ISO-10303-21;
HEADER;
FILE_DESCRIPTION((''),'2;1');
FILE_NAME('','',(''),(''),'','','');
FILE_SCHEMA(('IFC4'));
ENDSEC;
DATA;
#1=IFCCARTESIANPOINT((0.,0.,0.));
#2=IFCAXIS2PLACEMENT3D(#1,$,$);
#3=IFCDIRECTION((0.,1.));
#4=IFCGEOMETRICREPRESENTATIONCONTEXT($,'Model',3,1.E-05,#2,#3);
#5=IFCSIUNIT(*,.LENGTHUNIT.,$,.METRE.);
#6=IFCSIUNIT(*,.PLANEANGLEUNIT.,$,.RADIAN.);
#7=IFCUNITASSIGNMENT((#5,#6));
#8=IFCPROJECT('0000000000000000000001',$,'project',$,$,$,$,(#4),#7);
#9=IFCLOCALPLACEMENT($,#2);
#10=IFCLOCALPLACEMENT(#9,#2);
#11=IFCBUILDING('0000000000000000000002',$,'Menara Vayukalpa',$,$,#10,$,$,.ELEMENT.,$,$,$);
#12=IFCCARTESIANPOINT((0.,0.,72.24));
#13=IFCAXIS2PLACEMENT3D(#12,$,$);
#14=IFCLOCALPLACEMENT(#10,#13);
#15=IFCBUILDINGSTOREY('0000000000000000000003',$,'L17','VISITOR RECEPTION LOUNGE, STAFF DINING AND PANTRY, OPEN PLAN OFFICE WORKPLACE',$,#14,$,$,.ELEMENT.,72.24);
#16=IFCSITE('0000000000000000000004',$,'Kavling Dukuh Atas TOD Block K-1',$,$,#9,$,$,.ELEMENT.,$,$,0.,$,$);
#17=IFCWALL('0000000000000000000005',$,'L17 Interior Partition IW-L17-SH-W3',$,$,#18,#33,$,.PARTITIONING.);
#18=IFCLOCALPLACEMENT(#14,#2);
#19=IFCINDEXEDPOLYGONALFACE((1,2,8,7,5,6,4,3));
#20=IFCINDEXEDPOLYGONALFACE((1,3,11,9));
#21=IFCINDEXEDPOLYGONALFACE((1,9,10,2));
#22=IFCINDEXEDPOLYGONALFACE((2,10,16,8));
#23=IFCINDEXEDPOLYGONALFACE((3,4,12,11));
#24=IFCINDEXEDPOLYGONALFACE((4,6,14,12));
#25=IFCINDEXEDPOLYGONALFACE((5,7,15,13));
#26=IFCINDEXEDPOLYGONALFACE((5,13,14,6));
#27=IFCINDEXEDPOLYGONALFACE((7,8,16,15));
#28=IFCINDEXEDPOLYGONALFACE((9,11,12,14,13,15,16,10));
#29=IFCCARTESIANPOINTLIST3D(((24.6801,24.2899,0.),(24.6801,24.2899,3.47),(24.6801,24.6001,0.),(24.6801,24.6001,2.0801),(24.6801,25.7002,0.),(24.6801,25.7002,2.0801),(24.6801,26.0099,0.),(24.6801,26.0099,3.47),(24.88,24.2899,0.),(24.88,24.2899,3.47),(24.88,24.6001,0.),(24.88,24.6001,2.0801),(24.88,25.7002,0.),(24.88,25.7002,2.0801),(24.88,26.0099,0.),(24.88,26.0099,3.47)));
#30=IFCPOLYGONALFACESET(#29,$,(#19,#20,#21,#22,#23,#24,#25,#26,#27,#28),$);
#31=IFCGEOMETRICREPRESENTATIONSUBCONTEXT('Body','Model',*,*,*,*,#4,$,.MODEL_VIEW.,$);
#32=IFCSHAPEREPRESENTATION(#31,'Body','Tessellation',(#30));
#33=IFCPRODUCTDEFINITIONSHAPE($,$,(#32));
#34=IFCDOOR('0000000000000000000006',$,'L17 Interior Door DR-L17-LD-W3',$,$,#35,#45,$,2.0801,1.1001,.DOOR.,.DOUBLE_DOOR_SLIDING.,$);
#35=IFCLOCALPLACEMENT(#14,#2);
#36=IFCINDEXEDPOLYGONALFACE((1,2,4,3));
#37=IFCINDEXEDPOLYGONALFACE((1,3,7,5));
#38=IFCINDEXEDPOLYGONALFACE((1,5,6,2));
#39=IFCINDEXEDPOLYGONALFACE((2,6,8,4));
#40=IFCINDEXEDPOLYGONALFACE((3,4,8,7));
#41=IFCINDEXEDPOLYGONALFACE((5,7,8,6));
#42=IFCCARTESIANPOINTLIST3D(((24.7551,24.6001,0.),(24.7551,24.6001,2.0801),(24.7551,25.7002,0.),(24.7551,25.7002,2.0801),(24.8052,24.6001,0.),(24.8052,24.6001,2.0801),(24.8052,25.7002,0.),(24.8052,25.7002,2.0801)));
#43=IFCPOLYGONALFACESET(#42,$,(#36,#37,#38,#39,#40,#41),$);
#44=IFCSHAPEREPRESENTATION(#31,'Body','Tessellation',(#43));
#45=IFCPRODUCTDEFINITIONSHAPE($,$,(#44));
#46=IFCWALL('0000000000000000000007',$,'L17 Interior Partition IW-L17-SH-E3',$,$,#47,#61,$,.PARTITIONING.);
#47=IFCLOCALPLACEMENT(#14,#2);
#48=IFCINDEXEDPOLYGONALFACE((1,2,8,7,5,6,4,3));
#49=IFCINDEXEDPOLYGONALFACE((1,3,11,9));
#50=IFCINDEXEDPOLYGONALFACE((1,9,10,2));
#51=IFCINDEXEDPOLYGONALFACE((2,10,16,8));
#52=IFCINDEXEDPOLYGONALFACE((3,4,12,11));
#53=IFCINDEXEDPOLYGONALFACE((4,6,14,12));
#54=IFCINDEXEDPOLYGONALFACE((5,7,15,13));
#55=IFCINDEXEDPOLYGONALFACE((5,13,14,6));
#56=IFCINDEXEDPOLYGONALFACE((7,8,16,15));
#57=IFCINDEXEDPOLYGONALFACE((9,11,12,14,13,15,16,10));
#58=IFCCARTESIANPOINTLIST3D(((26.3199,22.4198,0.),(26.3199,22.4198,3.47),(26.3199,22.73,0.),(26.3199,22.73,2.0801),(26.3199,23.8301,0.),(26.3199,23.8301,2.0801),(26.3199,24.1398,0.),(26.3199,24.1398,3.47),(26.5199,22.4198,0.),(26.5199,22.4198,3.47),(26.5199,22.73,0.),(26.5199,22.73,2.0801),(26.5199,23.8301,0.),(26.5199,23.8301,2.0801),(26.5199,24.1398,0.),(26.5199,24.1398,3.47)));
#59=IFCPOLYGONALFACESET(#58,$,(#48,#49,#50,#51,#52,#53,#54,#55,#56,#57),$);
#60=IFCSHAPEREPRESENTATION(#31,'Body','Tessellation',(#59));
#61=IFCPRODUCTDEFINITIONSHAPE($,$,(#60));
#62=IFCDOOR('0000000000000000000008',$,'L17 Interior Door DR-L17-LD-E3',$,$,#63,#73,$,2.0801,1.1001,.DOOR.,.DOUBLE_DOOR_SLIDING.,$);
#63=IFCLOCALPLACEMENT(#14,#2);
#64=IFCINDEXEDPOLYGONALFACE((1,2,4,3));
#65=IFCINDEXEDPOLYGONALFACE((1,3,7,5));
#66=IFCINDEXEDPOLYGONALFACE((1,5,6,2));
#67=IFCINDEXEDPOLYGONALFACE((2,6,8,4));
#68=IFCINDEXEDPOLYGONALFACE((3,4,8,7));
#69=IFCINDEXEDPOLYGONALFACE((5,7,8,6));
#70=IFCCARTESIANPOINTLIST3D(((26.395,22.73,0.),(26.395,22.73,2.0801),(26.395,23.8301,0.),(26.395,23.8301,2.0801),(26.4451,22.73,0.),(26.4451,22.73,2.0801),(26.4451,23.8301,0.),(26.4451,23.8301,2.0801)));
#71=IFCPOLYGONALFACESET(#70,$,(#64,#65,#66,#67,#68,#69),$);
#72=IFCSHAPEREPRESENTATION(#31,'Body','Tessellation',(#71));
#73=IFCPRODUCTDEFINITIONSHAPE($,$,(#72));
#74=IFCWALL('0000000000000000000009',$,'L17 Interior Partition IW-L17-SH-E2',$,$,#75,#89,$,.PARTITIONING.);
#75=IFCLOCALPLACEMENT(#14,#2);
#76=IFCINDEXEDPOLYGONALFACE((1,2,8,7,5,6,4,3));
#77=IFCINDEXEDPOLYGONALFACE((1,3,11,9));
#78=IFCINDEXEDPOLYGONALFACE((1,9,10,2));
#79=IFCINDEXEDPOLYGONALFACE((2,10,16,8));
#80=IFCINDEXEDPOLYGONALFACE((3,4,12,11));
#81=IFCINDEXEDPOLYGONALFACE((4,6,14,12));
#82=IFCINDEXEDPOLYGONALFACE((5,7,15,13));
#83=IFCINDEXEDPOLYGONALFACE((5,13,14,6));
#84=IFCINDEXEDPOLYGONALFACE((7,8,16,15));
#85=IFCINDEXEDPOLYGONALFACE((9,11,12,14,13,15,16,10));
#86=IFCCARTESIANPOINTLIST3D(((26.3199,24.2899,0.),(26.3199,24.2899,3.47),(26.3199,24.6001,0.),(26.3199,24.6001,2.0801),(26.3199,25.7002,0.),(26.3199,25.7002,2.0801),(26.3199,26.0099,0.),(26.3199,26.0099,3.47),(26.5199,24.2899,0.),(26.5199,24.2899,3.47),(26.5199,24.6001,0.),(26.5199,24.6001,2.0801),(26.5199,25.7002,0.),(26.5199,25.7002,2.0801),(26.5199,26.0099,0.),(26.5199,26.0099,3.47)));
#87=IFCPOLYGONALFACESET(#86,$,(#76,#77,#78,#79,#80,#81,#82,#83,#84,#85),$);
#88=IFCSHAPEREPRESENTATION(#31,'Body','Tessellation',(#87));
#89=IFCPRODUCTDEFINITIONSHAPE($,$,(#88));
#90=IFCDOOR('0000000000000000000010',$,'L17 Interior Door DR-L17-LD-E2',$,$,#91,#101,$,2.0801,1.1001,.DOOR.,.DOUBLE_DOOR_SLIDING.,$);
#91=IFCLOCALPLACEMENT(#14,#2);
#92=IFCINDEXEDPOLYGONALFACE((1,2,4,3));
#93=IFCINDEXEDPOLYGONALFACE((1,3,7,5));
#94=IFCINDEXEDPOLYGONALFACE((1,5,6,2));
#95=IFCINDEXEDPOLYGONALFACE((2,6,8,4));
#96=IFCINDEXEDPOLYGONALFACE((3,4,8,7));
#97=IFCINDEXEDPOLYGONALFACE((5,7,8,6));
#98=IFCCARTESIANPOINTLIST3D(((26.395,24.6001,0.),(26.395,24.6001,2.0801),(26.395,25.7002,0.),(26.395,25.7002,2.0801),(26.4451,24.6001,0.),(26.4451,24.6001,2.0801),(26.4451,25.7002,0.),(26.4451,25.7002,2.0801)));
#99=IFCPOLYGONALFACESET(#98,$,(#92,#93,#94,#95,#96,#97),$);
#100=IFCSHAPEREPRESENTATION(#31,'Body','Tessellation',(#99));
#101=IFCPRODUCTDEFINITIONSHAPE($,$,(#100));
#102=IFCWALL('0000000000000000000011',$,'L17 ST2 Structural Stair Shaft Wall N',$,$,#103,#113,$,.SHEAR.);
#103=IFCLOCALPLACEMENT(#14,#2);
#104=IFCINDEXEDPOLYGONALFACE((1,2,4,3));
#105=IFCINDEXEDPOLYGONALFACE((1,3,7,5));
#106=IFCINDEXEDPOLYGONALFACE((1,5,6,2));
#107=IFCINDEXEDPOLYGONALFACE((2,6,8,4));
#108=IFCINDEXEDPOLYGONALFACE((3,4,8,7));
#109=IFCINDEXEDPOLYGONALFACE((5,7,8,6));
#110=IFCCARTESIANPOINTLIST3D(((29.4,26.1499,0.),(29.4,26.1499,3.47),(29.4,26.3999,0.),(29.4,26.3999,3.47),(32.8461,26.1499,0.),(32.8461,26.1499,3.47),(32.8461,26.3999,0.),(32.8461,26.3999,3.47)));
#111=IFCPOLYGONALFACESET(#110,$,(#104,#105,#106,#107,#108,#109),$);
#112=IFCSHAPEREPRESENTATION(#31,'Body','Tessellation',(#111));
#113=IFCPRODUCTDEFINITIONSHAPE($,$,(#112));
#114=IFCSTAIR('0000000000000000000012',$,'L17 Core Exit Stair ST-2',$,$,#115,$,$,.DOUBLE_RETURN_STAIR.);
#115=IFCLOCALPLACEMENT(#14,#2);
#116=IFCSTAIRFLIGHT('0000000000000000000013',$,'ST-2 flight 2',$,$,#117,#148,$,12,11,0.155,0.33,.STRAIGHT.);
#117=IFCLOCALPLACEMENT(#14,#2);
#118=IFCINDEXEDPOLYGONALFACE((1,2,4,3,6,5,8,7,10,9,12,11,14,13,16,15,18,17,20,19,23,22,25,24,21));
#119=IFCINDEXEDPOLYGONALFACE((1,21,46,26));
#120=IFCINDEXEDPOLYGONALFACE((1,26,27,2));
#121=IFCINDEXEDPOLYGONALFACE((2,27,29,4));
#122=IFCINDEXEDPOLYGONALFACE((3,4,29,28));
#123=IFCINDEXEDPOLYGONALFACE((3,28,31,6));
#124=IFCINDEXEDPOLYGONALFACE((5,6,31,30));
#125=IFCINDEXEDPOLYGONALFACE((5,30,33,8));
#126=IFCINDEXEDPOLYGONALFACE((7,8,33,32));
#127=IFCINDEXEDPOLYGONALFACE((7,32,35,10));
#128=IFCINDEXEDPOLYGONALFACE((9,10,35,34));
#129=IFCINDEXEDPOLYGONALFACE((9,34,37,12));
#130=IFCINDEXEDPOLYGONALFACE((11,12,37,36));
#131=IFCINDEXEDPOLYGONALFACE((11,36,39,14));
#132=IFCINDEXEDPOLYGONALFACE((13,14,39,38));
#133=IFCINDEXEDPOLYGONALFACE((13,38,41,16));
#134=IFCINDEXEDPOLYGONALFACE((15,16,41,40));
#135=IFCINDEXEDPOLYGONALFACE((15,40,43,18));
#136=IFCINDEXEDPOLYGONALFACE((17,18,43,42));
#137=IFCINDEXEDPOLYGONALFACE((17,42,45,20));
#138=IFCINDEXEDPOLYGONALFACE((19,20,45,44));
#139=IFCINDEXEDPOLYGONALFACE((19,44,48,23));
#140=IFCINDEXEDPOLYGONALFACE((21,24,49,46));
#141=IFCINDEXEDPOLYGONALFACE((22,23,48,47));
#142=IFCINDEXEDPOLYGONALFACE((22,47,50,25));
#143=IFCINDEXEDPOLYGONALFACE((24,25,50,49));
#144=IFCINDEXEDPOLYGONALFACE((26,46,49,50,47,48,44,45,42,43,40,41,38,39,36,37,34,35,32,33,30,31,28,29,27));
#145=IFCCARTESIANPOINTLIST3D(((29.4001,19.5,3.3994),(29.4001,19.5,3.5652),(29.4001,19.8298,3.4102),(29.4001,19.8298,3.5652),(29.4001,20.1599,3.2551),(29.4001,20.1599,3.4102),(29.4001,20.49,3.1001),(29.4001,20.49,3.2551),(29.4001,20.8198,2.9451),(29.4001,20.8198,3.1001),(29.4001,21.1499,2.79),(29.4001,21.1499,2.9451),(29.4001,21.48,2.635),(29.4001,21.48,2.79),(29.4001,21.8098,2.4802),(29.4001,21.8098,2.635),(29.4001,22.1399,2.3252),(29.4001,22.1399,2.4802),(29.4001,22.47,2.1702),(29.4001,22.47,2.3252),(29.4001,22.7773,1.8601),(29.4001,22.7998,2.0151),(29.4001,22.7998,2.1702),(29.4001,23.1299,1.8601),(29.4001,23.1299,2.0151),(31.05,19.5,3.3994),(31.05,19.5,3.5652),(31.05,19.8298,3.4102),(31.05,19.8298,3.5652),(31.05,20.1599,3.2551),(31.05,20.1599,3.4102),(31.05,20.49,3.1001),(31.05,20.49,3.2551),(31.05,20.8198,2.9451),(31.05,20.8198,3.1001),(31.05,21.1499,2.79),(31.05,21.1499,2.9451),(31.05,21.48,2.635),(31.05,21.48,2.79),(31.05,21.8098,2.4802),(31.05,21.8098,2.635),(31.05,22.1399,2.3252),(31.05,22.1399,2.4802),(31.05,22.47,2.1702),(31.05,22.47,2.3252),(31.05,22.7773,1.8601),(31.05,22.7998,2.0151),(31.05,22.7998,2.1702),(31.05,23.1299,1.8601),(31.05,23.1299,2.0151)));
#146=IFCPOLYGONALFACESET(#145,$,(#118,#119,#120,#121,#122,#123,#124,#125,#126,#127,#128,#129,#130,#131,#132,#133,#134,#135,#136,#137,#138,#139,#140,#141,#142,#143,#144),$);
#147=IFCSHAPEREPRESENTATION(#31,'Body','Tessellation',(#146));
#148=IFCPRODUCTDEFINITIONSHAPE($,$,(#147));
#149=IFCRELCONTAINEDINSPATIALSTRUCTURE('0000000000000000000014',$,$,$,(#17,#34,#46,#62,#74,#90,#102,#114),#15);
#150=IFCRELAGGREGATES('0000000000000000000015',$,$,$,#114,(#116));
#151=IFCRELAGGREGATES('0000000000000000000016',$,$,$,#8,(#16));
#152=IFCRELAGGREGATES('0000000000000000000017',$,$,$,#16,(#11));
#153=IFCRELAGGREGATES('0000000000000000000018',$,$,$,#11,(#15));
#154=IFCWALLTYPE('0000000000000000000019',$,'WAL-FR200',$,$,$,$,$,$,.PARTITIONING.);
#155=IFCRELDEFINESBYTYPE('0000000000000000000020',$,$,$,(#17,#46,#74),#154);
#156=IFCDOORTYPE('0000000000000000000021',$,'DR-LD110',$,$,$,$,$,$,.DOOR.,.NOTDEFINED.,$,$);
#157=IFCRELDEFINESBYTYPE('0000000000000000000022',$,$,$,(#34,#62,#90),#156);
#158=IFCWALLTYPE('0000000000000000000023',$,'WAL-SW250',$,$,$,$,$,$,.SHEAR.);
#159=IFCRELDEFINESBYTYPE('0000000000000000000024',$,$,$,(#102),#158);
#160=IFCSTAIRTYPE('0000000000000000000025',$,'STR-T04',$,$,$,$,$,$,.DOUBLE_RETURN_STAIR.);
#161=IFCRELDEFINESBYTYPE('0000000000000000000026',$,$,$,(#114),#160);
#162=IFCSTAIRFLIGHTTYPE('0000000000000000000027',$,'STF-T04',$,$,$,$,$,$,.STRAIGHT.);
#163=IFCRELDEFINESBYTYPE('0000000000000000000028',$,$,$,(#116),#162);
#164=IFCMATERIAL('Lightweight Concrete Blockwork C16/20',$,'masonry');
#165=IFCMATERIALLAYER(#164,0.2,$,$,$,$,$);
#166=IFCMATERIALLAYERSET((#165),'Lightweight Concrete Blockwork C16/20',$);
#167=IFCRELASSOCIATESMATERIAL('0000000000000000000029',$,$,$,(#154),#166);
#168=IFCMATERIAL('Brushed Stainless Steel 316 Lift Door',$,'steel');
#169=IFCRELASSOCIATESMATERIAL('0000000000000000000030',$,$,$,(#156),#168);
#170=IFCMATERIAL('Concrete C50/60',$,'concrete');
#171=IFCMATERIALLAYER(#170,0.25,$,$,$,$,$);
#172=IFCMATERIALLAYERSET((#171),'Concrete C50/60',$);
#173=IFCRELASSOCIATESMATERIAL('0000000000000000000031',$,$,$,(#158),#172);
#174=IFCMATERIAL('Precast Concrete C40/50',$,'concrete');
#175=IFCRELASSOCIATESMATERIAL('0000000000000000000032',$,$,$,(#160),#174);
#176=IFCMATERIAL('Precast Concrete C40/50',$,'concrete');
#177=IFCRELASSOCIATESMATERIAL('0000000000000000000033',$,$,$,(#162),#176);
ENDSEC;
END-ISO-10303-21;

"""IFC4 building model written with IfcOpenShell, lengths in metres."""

from ifc_helpers import new_model, si_unit, direction, frame, frame_2d, origin, place, context, subcontext, project, spatial, polyline, rectangle, outline, extrude, material, layer, layer_set, type_object, element, fill, aggregate, save


model = new_model("IFC4")

# Units and contexts
model_context = context("Model", 3, precision=1e-05, world=origin(), true_north=direction((0.0, 1.0)))
body_context = subcontext(model_context, "Body", "Model", "MODEL_VIEW")
ifc_project = project(units=[si_unit("LENGTHUNIT", "METRE"), si_unit("PLANEANGLEUNIT", "RADIAN")], contexts=[model_context])

# Site, building, storey
site_placement = place(None, origin())
site = spatial("IfcSite", under=ifc_project, at=site_placement, Name="Kavling Dukuh Atas TOD Block K-1", CompositionType="ELEMENT", RefElevation=0.0)
building_placement = place(site_placement, origin())
building = spatial("IfcBuilding", under=site, at=building_placement, Name="Menara Vayukalpa", CompositionType="ELEMENT")
storey_placement = place(building_placement, frame((0.0, 0.0, 72.24)))
storey = spatial("IfcBuildingStorey", under=building, at=storey_placement, Name="L17", Description="VISITOR RECEPTION LOUNGE, STAFF DINING AND PANTRY, OPEN PLAN OFFICE WORKPLACE", CompositionType="ELEMENT", Elevation=72.24)

# Walls, openings, doors
ifc_material_1 = material(Name="Lightweight Concrete Blockwork C16/20", Category="masonry")
ifc_layer_1 = layer(ifc_material_1, 0.2)
ifc_layer_set_1 = layer_set([ifc_layer_1], Name="Lightweight Concrete Blockwork C16/20")
wall_type_1 = type_object("IfcWallType", Name="WAL-FR200", PredefinedType="PARTITIONING", material=ifc_layer_set_1)
ifc_material_2 = material(Name="Brushed Stainless Steel 316 Lift Door", Category="steel")
door_type = type_object("IfcDoorType", Name="DR-LD110", OperationType="NOTDEFINED", PredefinedType="DOOR", material=ifc_material_2)
wall_1_placement = place(storey_placement, frame((24.78, 24.29, 0.0), z_axis=(0.0, 0.0, 1.0), x_axis=(0.0, 1.0, 0.0)))
wall_1 = element("IfcWall", 1, at=wall_1_placement, inside=storey, type_object=wall_type_1, Name="L17 Interior Partition IW-L17-SH-W3", PredefinedType="PARTITIONING", context=body_context, shape_type="SweptSolid", body=[
    extrude(rectangle(XDim=1.72, YDim=0.2, at=frame_2d((0.8599, 0.0))), origin(), (0.0, 0.0, 1.0), 3.47),
])
opening_1_placement = place(wall_1_placement, frame((0.3101, 0.0, 0.0)))
opening_1 = element("IfcOpeningElement", 2, at=opening_1_placement, cuts=wall_1, PredefinedType="OPENING", context=body_context, shape_type="SweptSolid", body=[
    extrude(rectangle(XDim=1.1001, YDim=2.0801, at=frame_2d((0.55, 1.04))), frame((0.0, 0.1099, 0.0), z_axis=(0.0, -1.0, 0.0), x_axis=(1.0, 0.0, 0.0)), (0.0, 0.0, 1.0), 0.22),
])
door_1_placement = place(opening_1_placement, origin())
door_1 = element("IfcDoor", 3, at=door_1_placement, inside=storey, type_object=door_type, Name="L17 Interior Door DR-L17-LD-W3", OperationType="DOUBLE_DOOR_SLIDING", OverallHeight=2.0801, OverallWidth=1.1001, PredefinedType="DOOR", context=body_context, shape_type="SweptSolid", body=[
    extrude(rectangle(XDim=1.1001, YDim=2.0801, at=frame_2d((0.55, 1.04))), frame((0.0, 0.0249, 0.0), z_axis=(0.0, -1.0, 0.0), x_axis=(1.0, 0.0, 0.0)), (0.0, 0.0, 1.0), 0.05),
])
fill(opening_1, door_1)
wall_2_placement = place(storey_placement, frame((26.4199, 22.4199, 0.0), z_axis=(0.0, 0.0, 1.0), x_axis=(0.0, 1.0, 0.0)))
wall_2 = element("IfcWall", 4, at=wall_2_placement, inside=storey, type_object=wall_type_1, Name="L17 Interior Partition IW-L17-SH-E3", PredefinedType="PARTITIONING", context=body_context, shape_type="SweptSolid", body=[
    extrude(rectangle(XDim=1.72, YDim=0.2, at=frame_2d((0.8599, 0.0))), origin(), (0.0, 0.0, 1.0), 3.47),
])
opening_2_placement = place(wall_2_placement, frame((0.3101, 0.0, 0.0)))
opening_2 = element("IfcOpeningElement", 5, at=opening_2_placement, cuts=wall_2, PredefinedType="OPENING", context=body_context, shape_type="SweptSolid", body=[
    extrude(rectangle(XDim=1.1001, YDim=2.0801, at=frame_2d((0.55, 1.04))), frame((0.0, 0.1099, 0.0), z_axis=(0.0, -1.0, 0.0), x_axis=(1.0, 0.0, 0.0)), (0.0, 0.0, 1.0), 0.22),
])
door_2_placement = place(opening_2_placement, origin())
door_2 = element("IfcDoor", 6, at=door_2_placement, inside=storey, type_object=door_type, Name="L17 Interior Door DR-L17-LD-E3", OperationType="DOUBLE_DOOR_SLIDING", OverallHeight=2.0801, OverallWidth=1.1001, PredefinedType="DOOR", context=body_context, shape_type="SweptSolid", body=[
    extrude(rectangle(XDim=1.1001, YDim=2.0801, at=frame_2d((0.55, 1.04))), frame((0.0, 0.0249, 0.0), z_axis=(0.0, -1.0, 0.0), x_axis=(1.0, 0.0, 0.0)), (0.0, 0.0, 1.0), 0.05),
])
fill(opening_2, door_2)
wall_3_placement = place(storey_placement, frame((26.4199, 24.29, 0.0), z_axis=(0.0, 0.0, 1.0), x_axis=(0.0, 1.0, 0.0)))
wall_3 = element("IfcWall", 7, at=wall_3_placement, inside=storey, type_object=wall_type_1, Name="L17 Interior Partition IW-L17-SH-E2", PredefinedType="PARTITIONING", context=body_context, shape_type="SweptSolid", body=[
    extrude(rectangle(XDim=1.72, YDim=0.2, at=frame_2d((0.8599, 0.0))), origin(), (0.0, 0.0, 1.0), 3.47),
])
opening_3_placement = place(wall_3_placement, frame((0.3101, 0.0, 0.0)))
opening_3 = element("IfcOpeningElement", 8, at=opening_3_placement, cuts=wall_3, PredefinedType="OPENING", context=body_context, shape_type="SweptSolid", body=[
    extrude(rectangle(XDim=1.1001, YDim=2.0801, at=frame_2d((0.55, 1.04))), frame((0.0, 0.1099, 0.0), z_axis=(0.0, -1.0, 0.0), x_axis=(1.0, 0.0, 0.0)), (0.0, 0.0, 1.0), 0.22),
])
door_3_placement = place(opening_3_placement, origin())
door_3 = element("IfcDoor", 9, at=door_3_placement, inside=storey, type_object=door_type, Name="L17 Interior Door DR-L17-LD-E2", OperationType="DOUBLE_DOOR_SLIDING", OverallHeight=2.0801, OverallWidth=1.1001, PredefinedType="DOOR", context=body_context, shape_type="SweptSolid", body=[
    extrude(rectangle(XDim=1.1001, YDim=2.0801, at=frame_2d((0.55, 1.04))), frame((0.0, 0.0249, 0.0), z_axis=(0.0, -1.0, 0.0), x_axis=(1.0, 0.0, 0.0)), (0.0, 0.0, 1.0), 0.05),
])
fill(opening_3, door_3)

# Wall
ifc_material_3 = material(Name="Concrete C50/60", Category="concrete")
ifc_layer_2 = layer(ifc_material_3, 0.25)
ifc_layer_set_2 = layer_set([ifc_layer_2], Name="Concrete C50/60")
wall_type_2 = type_object("IfcWallType", Name="WAL-SW250", PredefinedType="SHEAR", material=ifc_layer_set_2)
wall_4_placement = place(storey_placement, frame((29.3999, 26.2749, 0.0), z_axis=(0.0, 0.0, 1.0), x_axis=(1.0, 0.0, 0.0)))
element("IfcWall", 10, at=wall_4_placement, inside=storey, type_object=wall_type_2, Name="L17 ST2 Structural Stair Shaft Wall N", PredefinedType="SHEAR", context=body_context, shape_type="SweptSolid", body=[
    extrude(rectangle(XDim=3.446, YDim=0.25, at=frame_2d((1.7231, 0.0))), origin(), (0.0, 0.0, 1.0), 3.47),
])

# Stair, stair flight
ifc_material_4 = material(Name="Precast Concrete C40/50", Category="concrete")
stair_type = type_object("IfcStairType", Name="STR-T04", PredefinedType="DOUBLE_RETURN_STAIR", material=ifc_material_4)
stair_placement = place(storey_placement, origin())
stair = element("IfcStair", 11, at=stair_placement, inside=storey, type_object=stair_type, Name="L17 Core Exit Stair ST-2", PredefinedType="DOUBLE_RETURN_STAIR")
ifc_material_5 = material(Name="Precast Concrete C40/50", Category="concrete")
stair_flight_type = type_object("IfcStairFlightType", Name="STF-T04", PredefinedType="STRAIGHT", material=ifc_material_5)
stair_flight_placement = place(storey_placement, frame((30.2251, 23.1299, 1.8601), z_axis=(0.0, 0.0, 1.0), x_axis=(0.0, -1.0, 0.0)))
stair_flight = element("IfcStairFlight", 12, at=stair_flight_placement, type_object=stair_flight_type, Name="ST-2 flight 2", NumberOfRisers=12, NumberOfTreads=11, PredefinedType="STRAIGHT", RiserHeight=0.155, TreadLength=0.33, context=body_context, shape_type="SweptSolid", body=[
    extrude(outline(polyline([(0.0, 0.0), (0.0, 0.155), (0.3301, 0.155), (0.3301, 0.3101), (0.6599, 0.3101), (0.6599, 0.4651), (0.99, 0.4651), (0.99, 0.6201), (1.3201, 0.6201), (1.3201, 0.7749), (1.6499, 0.7749), (1.6499, 0.9299), (1.98, 0.9299), (1.98, 1.085), (2.3101, 1.085), (2.3101, 1.24), (2.6399, 1.24), (2.6399, 1.395), (2.97, 1.395), (2.97, 1.55), (3.3, 1.55), (3.3, 1.7051), (3.6299, 1.7051), (3.6299, 1.8601), (3.6299, 1.5393), (0.3525, 0.0), (0.0, 0.0)])), frame((0.0, 0.825, 0.0), z_axis=(0.0, -1.0, 0.0), x_axis=(1.0, 0.0, 0.0)), (0.0, 0.0, 1.0), 1.6499),
])
aggregate(stair, [stair_flight])

save(model, "model.ifc")
